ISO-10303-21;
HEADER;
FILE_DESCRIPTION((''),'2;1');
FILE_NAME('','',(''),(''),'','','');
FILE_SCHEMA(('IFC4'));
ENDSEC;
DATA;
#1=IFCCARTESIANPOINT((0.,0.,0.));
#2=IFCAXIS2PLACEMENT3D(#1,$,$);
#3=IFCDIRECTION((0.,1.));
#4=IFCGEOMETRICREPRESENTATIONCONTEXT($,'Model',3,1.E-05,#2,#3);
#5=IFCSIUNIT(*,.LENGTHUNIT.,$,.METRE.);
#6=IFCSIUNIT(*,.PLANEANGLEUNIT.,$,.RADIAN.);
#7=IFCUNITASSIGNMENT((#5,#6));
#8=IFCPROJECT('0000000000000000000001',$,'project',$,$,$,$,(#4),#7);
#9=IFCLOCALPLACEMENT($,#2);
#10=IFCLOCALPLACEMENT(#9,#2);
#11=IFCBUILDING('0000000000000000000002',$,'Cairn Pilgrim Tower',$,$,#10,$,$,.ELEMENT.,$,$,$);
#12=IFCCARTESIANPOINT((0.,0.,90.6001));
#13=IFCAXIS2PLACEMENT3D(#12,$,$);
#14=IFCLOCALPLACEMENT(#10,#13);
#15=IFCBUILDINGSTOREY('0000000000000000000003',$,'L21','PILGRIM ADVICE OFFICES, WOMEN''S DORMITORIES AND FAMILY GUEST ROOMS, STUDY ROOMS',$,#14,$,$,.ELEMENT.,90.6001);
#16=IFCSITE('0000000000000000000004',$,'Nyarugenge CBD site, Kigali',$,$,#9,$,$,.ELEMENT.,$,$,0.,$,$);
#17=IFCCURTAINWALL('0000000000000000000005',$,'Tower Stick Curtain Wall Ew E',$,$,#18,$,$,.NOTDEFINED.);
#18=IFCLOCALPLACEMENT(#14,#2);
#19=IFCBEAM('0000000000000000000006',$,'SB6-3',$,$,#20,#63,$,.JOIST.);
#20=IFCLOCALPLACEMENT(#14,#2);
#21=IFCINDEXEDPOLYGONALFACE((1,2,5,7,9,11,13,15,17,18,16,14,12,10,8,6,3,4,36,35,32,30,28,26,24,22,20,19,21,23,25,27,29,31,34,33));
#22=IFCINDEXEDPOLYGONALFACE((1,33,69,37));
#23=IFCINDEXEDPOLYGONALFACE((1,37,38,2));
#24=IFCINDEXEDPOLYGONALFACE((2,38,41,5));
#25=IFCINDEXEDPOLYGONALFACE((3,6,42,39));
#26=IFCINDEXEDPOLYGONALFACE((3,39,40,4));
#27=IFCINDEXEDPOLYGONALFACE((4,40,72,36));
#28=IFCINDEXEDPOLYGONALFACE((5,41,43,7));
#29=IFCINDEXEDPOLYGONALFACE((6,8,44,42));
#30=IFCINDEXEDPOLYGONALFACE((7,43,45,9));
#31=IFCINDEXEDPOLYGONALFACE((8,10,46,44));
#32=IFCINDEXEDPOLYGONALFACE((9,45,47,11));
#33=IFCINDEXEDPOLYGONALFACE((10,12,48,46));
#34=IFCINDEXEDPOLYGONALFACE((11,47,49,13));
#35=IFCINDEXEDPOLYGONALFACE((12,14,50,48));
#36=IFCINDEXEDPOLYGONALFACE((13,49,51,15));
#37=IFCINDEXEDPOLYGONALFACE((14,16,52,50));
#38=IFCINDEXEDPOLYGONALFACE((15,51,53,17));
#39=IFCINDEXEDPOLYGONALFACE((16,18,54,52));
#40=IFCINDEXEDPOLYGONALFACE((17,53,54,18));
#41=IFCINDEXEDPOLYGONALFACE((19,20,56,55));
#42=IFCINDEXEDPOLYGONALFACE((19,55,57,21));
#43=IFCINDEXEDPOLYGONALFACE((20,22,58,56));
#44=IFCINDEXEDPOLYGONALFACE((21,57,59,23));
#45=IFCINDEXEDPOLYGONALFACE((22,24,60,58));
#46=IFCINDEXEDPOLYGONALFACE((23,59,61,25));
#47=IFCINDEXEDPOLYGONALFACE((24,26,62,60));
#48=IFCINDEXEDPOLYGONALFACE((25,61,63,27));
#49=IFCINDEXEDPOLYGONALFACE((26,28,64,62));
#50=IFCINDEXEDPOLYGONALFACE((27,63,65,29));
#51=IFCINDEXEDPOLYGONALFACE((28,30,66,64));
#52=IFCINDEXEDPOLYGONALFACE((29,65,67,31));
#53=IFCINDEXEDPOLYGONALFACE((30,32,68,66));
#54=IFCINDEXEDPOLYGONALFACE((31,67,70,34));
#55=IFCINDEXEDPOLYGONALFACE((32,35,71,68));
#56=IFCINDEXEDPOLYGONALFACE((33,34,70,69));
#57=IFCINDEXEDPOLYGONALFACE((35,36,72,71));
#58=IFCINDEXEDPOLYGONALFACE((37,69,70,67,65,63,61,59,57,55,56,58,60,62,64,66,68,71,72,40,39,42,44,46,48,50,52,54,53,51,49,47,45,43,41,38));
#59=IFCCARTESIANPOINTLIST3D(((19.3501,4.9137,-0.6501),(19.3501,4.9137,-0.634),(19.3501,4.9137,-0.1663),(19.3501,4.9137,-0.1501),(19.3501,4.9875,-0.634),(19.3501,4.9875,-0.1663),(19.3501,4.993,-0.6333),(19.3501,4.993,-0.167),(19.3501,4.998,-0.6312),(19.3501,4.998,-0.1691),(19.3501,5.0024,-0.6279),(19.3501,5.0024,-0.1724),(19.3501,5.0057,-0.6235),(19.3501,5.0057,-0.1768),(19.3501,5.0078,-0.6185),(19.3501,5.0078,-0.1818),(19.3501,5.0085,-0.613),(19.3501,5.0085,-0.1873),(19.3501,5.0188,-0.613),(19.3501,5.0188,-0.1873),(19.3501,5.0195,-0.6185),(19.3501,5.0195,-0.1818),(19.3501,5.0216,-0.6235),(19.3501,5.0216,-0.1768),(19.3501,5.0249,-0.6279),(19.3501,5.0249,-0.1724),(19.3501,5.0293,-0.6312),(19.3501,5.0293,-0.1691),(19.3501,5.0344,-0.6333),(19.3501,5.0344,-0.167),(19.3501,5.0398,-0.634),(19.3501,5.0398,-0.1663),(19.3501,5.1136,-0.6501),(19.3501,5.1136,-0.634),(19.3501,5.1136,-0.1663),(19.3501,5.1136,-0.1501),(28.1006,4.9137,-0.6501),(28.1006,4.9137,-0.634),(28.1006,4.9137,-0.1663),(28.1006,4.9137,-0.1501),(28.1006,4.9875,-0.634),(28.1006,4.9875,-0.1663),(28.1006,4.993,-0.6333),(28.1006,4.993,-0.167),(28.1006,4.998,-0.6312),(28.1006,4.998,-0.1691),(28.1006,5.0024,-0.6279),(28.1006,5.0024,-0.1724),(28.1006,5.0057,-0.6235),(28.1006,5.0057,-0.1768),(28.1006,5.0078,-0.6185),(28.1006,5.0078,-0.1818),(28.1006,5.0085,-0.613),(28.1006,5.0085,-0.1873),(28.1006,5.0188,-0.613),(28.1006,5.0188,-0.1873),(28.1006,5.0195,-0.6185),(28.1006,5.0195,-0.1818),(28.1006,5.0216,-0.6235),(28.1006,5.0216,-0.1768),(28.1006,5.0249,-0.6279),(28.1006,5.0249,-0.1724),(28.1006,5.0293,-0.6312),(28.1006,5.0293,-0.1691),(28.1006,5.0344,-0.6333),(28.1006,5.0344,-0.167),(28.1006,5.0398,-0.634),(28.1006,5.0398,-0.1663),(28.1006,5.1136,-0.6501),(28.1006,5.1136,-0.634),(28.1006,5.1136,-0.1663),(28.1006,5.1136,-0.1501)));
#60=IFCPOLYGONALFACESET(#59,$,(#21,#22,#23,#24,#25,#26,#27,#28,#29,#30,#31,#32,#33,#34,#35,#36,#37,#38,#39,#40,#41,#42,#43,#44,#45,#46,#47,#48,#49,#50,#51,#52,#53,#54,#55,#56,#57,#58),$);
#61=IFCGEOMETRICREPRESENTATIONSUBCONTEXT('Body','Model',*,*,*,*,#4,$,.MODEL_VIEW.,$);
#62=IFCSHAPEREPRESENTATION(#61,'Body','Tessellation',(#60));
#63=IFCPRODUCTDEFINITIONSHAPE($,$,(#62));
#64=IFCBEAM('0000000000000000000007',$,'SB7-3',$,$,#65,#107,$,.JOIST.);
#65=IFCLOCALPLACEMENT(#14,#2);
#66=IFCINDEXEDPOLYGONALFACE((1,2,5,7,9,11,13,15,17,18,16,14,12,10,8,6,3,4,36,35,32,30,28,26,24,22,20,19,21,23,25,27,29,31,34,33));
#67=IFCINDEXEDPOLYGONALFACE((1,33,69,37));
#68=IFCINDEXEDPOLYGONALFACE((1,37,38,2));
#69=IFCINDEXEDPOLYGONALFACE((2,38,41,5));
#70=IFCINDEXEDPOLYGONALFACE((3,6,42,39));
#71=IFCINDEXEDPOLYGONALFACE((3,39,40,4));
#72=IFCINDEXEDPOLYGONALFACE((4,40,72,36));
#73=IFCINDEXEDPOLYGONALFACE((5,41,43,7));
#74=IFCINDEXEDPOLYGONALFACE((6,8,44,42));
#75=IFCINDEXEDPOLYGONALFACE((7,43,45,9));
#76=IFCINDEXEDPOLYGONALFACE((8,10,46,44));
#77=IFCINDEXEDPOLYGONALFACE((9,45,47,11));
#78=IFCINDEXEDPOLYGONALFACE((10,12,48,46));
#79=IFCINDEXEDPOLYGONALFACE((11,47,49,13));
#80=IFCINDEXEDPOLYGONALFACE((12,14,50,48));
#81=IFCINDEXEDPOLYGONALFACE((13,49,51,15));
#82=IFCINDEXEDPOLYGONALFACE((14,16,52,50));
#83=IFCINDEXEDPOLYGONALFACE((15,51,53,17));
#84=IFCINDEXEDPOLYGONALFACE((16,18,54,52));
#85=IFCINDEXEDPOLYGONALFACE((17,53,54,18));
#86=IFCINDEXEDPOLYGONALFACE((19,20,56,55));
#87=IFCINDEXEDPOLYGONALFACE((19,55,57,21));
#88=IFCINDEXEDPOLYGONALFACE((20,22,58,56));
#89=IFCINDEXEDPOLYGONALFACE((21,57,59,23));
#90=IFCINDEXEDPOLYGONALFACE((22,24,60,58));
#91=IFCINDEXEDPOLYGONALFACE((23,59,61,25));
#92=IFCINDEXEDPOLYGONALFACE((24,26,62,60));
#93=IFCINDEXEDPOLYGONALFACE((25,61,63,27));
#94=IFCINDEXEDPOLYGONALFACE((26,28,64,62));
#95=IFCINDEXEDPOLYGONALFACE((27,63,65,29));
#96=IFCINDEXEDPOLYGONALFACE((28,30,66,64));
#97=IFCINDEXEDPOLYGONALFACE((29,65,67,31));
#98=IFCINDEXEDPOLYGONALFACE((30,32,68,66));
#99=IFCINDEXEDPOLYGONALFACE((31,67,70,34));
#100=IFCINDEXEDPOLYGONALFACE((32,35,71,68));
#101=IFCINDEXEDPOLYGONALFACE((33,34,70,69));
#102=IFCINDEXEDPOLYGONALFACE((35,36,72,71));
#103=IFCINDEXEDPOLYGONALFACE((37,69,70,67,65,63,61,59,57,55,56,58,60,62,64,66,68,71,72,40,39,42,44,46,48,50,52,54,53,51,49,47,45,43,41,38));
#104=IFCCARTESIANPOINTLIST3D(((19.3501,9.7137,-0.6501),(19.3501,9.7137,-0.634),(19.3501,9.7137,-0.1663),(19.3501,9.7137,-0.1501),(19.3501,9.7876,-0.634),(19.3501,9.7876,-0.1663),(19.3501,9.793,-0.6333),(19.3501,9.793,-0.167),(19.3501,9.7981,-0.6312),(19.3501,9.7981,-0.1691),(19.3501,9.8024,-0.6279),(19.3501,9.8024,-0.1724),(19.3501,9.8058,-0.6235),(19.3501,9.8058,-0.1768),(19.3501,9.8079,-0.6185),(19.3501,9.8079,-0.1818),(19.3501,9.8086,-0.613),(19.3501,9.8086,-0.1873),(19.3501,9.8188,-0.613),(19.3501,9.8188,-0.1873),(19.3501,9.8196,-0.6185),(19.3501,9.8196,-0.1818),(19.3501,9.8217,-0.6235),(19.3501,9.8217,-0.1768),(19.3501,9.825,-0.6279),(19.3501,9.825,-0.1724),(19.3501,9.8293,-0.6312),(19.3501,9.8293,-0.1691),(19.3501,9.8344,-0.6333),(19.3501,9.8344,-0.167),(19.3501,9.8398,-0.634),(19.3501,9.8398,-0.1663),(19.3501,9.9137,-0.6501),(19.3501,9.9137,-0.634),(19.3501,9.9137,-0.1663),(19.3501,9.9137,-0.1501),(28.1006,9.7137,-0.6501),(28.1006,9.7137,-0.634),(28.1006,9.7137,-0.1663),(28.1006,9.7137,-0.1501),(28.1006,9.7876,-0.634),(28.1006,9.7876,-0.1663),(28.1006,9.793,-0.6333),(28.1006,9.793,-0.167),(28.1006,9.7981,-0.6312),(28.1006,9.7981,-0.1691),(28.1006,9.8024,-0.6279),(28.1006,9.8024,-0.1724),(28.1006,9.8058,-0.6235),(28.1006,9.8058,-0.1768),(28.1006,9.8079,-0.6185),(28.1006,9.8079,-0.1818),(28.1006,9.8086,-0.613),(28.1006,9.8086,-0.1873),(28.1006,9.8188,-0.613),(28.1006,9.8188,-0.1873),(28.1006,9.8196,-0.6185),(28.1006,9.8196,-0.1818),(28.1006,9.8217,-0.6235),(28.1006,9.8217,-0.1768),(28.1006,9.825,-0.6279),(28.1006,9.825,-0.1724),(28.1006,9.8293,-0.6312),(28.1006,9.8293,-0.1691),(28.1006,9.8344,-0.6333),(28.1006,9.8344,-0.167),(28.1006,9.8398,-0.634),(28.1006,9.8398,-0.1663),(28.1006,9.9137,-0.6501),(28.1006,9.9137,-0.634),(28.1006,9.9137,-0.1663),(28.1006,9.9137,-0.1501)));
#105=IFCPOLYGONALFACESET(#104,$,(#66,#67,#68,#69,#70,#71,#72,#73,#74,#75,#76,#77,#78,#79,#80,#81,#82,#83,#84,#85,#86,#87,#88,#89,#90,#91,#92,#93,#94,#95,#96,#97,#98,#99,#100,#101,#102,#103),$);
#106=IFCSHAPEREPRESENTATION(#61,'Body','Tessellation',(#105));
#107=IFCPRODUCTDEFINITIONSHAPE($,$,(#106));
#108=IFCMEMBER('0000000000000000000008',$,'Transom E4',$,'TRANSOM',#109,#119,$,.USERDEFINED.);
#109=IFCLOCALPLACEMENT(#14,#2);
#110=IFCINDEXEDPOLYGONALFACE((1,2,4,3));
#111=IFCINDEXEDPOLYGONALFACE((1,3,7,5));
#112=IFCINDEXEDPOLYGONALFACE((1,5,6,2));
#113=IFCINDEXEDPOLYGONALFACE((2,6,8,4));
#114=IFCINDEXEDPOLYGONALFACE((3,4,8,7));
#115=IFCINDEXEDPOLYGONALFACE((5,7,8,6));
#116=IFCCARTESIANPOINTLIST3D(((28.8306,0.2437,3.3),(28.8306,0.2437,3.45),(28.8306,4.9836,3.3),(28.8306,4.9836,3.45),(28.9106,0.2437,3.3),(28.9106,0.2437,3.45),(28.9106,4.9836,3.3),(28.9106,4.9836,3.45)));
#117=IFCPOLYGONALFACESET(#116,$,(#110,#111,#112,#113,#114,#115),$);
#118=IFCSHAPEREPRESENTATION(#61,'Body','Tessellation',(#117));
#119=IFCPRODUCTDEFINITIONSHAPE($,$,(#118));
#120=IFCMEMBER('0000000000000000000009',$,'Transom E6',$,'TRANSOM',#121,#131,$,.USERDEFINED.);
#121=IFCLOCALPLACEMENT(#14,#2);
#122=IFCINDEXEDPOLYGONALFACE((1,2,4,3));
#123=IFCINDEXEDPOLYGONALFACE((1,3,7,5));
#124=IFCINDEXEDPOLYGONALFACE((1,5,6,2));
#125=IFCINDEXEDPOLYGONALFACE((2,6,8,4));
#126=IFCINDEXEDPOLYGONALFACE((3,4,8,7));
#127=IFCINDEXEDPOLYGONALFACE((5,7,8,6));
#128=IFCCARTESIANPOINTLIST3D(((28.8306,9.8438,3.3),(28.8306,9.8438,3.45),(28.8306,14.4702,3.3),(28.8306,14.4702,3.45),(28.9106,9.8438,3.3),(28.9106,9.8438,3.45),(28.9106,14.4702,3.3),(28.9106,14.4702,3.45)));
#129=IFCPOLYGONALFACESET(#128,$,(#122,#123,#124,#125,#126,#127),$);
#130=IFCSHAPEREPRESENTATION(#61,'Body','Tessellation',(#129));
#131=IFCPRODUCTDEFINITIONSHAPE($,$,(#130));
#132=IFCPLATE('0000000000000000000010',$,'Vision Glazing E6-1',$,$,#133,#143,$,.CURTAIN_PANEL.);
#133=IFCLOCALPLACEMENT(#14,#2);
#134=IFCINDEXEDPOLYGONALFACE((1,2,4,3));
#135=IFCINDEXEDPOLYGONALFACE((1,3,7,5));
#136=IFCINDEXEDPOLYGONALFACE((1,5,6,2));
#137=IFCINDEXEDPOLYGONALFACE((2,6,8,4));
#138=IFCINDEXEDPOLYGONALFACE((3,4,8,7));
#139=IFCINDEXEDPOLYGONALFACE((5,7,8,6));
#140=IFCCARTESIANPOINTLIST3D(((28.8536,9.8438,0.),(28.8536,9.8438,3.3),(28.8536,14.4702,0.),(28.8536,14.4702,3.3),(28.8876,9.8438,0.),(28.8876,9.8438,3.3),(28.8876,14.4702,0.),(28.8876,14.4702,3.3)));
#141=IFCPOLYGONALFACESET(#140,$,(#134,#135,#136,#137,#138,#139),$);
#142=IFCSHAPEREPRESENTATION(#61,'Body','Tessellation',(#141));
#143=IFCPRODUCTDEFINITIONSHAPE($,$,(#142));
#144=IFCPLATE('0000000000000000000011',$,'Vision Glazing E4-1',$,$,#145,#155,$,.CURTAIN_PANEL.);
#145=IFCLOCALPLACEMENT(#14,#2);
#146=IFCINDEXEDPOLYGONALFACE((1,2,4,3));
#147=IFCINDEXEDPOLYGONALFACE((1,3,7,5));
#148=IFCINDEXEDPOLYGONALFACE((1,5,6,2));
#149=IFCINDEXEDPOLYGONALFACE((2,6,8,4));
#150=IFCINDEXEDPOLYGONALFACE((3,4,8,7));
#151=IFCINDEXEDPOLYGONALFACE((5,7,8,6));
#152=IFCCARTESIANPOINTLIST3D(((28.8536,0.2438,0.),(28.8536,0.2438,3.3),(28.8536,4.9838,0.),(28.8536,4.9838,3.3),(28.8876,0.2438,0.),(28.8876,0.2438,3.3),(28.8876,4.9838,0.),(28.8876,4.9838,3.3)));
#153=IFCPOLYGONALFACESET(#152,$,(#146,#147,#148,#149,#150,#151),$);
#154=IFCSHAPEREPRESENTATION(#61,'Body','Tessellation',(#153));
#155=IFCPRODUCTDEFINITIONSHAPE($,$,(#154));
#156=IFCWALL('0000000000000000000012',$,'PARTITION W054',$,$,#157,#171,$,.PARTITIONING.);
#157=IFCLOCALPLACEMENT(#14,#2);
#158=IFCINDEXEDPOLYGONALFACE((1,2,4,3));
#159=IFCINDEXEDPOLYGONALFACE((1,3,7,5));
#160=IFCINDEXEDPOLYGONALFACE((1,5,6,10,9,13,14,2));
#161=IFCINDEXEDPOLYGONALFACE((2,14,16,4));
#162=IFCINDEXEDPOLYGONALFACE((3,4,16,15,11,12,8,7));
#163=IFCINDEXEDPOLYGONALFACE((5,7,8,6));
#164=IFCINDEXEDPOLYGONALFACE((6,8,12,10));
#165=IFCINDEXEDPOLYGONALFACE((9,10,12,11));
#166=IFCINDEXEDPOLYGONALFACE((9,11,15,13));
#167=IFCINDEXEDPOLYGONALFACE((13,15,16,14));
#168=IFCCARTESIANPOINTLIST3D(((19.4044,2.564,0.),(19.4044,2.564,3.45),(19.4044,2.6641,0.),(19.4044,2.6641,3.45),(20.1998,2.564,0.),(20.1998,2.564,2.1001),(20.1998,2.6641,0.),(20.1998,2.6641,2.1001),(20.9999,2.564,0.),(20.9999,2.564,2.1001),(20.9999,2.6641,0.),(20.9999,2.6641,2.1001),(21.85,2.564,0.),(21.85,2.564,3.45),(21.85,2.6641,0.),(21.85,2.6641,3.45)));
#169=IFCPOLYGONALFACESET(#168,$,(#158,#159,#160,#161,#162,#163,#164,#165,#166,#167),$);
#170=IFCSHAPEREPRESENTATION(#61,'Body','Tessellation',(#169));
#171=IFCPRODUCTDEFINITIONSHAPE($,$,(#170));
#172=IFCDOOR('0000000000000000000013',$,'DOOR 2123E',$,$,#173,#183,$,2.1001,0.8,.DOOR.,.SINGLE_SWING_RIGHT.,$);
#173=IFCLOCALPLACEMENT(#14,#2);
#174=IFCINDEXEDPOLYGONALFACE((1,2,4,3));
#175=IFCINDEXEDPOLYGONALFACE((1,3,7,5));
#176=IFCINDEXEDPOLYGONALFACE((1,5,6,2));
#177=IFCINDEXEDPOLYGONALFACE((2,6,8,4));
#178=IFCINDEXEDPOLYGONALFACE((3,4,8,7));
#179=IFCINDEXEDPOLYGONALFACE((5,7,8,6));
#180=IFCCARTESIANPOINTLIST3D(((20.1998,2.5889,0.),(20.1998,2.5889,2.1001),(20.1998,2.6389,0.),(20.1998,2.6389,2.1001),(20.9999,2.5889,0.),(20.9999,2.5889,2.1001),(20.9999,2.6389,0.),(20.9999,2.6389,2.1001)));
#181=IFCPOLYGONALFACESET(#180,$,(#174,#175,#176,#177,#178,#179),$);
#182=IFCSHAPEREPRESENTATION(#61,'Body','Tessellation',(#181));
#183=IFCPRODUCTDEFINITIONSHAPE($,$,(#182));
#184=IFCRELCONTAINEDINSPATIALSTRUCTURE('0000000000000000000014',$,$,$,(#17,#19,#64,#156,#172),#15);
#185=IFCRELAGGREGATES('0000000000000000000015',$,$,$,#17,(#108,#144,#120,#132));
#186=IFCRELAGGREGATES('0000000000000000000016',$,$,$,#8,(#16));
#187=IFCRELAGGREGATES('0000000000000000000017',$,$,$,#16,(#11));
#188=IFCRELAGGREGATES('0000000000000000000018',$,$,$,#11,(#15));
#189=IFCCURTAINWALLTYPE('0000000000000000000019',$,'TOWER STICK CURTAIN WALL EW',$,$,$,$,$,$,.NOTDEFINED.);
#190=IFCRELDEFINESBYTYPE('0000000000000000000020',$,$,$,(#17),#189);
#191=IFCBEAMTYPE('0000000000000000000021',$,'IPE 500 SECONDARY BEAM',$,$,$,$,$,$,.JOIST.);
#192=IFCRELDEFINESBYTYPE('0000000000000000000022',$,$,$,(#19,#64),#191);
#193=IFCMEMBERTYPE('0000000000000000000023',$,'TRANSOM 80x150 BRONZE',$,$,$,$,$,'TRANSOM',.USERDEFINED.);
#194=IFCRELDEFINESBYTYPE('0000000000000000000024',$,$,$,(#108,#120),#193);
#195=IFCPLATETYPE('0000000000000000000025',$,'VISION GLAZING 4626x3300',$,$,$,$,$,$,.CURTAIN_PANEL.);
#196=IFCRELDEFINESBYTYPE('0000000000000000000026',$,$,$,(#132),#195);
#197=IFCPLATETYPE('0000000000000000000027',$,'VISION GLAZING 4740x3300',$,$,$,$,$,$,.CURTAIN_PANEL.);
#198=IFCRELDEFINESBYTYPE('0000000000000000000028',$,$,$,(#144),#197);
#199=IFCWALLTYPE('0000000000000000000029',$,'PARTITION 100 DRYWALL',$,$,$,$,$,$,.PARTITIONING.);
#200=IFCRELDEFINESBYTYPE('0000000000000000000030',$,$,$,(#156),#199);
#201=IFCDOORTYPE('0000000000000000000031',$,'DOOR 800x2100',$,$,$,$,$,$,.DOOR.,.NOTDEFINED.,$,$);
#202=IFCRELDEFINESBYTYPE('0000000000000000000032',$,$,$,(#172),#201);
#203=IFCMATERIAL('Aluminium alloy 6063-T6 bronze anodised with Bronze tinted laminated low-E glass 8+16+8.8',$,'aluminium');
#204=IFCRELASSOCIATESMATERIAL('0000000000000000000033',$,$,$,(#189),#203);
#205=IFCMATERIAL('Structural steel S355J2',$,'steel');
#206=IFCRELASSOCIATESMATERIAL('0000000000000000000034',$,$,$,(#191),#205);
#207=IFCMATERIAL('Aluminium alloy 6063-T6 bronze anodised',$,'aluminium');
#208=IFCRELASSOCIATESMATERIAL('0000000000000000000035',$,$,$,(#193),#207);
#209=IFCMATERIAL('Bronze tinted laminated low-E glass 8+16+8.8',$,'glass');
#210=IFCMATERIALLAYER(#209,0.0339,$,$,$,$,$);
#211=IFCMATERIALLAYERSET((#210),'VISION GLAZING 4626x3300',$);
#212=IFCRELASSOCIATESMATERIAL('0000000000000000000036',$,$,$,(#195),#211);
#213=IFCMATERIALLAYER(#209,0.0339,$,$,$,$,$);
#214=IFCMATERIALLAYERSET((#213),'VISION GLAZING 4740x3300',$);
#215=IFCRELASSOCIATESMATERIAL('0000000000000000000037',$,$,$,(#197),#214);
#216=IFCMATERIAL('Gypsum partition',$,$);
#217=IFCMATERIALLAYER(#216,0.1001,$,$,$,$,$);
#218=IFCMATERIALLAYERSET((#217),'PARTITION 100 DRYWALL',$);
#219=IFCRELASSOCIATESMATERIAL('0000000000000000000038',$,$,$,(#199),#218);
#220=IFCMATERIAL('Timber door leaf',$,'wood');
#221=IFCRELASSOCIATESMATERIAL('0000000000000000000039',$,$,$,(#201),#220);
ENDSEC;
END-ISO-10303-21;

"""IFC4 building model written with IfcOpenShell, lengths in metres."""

from ifc_helpers import new_model, si_unit, direction, frame, frame_2d, origin, origin_2d, place, context, subcontext, project, spatial, rectangle, i_section, extrude, material, layer, layer_set, material_profile, profile_set, type_object, element, fill, aggregate, save


model = new_model("IFC4")

# Units and contexts
model_context = context("Model", 3, precision=1e-05, world=origin(), true_north=direction((0.0, 1.0)))
body_context = subcontext(model_context, "Body", "Model", "MODEL_VIEW")
ifc_project = project(units=[si_unit("LENGTHUNIT", "METRE"), si_unit("PLANEANGLEUNIT", "RADIAN")], contexts=[model_context])

# Site, building, storey
site_placement = place(None, origin())
site = spatial("IfcSite", under=ifc_project, at=site_placement, Name="Nyarugenge CBD site, Kigali", CompositionType="ELEMENT", RefElevation=0.0)
building_placement = place(site_placement, origin())
building = spatial("IfcBuilding", under=site, at=building_placement, Name="Cairn Pilgrim Tower", CompositionType="ELEMENT")
storey_placement = place(building_placement, frame((0.0, 0.0, 90.6001)))
storey = spatial("IfcBuildingStorey", under=building, at=storey_placement, Name="L21", Description="PILGRIM ADVICE OFFICES, WOMEN'S DORMITORIES AND FAMILY GUEST ROOMS, STUDY ROOMS", CompositionType="ELEMENT", Elevation=90.6001)

# Curtain wall
ifc_material_1 = material(Name="Aluminium alloy 6063-T6 bronze anodised with Bronze tinted laminated low-E glass 8+16+8.8", Category="aluminium")
curtain_wall_type = type_object("IfcCurtainWallType", Name="TOWER STICK CURTAIN WALL EW", PredefinedType="NOTDEFINED", material=ifc_material_1)
curtain_wall_placement = place(storey_placement, origin())
curtain_wall = element("IfcCurtainWall", 1, at=curtain_wall_placement, inside=storey, type_object=curtain_wall_type, Name="Tower Stick Curtain Wall Ew E", PredefinedType="NOTDEFINED")
ifc_material_2 = material(Name="Aluminium alloy 6063-T6 bronze anodised", Category="aluminium")

# Beams
ifc_material_3 = material(Name="Structural steel S355J2", Category="steel")
ifc_material_profile_1 = material_profile(ifc_material_3, i_section(OverallWidth=0.2, OverallDepth=0.5, WebThickness=0.0103, FlangeThickness=0.0161, FilletRadius=0.021, at=origin_2d()), Name="IPE 500")
ifc_profile_set_1 = profile_set([ifc_material_profile_1], Name="Structural steel S355J2")
beam_type_1 = type_object("IfcBeamType", Name="IPE 500 SECONDARY BEAM", PredefinedType="JOIST", material=ifc_profile_set_1)
for number, where, z_axis, x_axis, name in (
    (2, (19.3501, 5.0137, -0.4001), (1.0, 0.0, 0.0), (0.0, 1.0, 0.0), "SB6-3"),
    (3, (19.3501, 9.8137, -0.4001), (1.0, 0.0, 0.0), (0.0, 1.0, 0.0), "SB7-3"),
):
    element("IfcBeam", number, at=place(storey_placement, frame(where, z_axis=z_axis, x_axis=x_axis)), inside=storey, type_object=beam_type_1, Name=name, PredefinedType="JOIST", context=body_context, shape_type="SweptSolid", body=[
        extrude(i_section(OverallWidth=0.2, OverallDepth=0.5, WebThickness=0.0103, FlangeThickness=0.0161, FilletRadius=0.021, at=origin_2d()), origin(), (0.0, 0.0, 1.0), 8.7505),
    ])

# Members
ifc_material_profile_2 = material_profile(ifc_material_2, rectangle(XDim=0.0801, YDim=0.1499, at=origin_2d()), Name="TRANSOM 80x150 BRONZE")
ifc_profile_set_2 = profile_set([ifc_material_profile_2], Name="Aluminium alloy 6063-T6 bronze anodised")
member_type_1 = type_object("IfcMemberType", Name="TRANSOM 80x150 BRONZE", ElementType="TRANSOM", PredefinedType="USERDEFINED", material=ifc_profile_set_2)
member_1_placement = place(storey_placement, frame((28.8706, 0.2437, 3.375), z_axis=(0.0, 1.0, 0.0), x_axis=(-1.0, 0.0, 0.0)))
member_1 = element("IfcMember", 4, at=member_1_placement, type_object=member_type_1, Name="Transom E4", ObjectType="TRANSOM", PredefinedType="USERDEFINED", context=body_context, shape_type="SweptSolid", body=[
    extrude(rectangle(XDim=0.0801, YDim=0.1499, at=origin_2d()), origin(), (0.0, 0.0, 1.0), 4.74),
])
member_2_placement = place(storey_placement, frame((28.8706, 9.8438, 3.375), z_axis=(0.0, 1.0, 0.0), x_axis=(-1.0, 0.0, 0.0)))
member_2 = element("IfcMember", 5, at=member_2_placement, type_object=member_type_1, Name="Transom E6", ObjectType="TRANSOM", PredefinedType="USERDEFINED", context=body_context, shape_type="SweptSolid", body=[
    extrude(rectangle(XDim=0.0801, YDim=0.1499, at=origin_2d()), origin(), (0.0, 0.0, 1.0), 4.6265),
])

# Plates
ifc_material_4 = material(Name="Bronze tinted laminated low-E glass 8+16+8.8", Category="glass")
ifc_layer_1 = layer(ifc_material_4, 0.0339)
ifc_layer_set_1 = layer_set([ifc_layer_1], Name="VISION GLAZING 4626x3300")
plate_type_1 = type_object("IfcPlateType", Name="VISION GLAZING 4626x3300", PredefinedType="CURTAIN_PANEL", material=ifc_layer_set_1)
plate_1_placement = place(storey_placement, frame((28.8706, 12.157, 0.0), z_axis=(0.0, 0.0, 1.0), x_axis=(0.0, 1.0, 0.0)))
plate_1 = element("IfcPlate", 6, at=plate_1_placement, type_object=plate_type_1, Name="Vision Glazing E6-1", PredefinedType="CURTAIN_PANEL", context=body_context, shape_type="SweptSolid", body=[
    extrude(rectangle(XDim=4.6265, YDim=0.0339, at=origin_2d()), origin(), (0.0, 0.0, 1.0), 3.3),
])
ifc_layer_2 = layer(ifc_material_4, 0.0339)
ifc_layer_set_2 = layer_set([ifc_layer_2], Name="VISION GLAZING 4740x3300")
plate_type_2 = type_object("IfcPlateType", Name="VISION GLAZING 4740x3300", PredefinedType="CURTAIN_PANEL", material=ifc_layer_set_2)
plate_2_placement = place(storey_placement, frame((28.8706, 2.6138, 0.0), z_axis=(0.0, 0.0, 1.0), x_axis=(0.0, 1.0, 0.0)))
plate_2 = element("IfcPlate", 7, at=plate_2_placement, type_object=plate_type_2, Name="Vision Glazing E4-1", PredefinedType="CURTAIN_PANEL", context=body_context, shape_type="SweptSolid", body=[
    extrude(rectangle(XDim=4.74, YDim=0.0339, at=origin_2d()), origin(), (0.0, 0.0, 1.0), 3.3),
])
aggregate(curtain_wall, [member_1, plate_2, member_2, plate_1])

# Wall, opening, door
ifc_material_5 = material(Name="Gypsum partition")
ifc_layer_3 = layer(ifc_material_5, 0.1001)
ifc_layer_set_3 = layer_set([ifc_layer_3], Name="PARTITION 100 DRYWALL")
wall_type_1 = type_object("IfcWallType", Name="PARTITION 100 DRYWALL", PredefinedType="PARTITIONING", material=ifc_layer_set_3)
wall_1_placement = place(storey_placement, frame((19.4045, 2.614, 0.0), z_axis=(0.0, 0.0, 1.0), x_axis=(1.0, 0.0, 0.0)))
wall_1 = element("IfcWall", 8, at=wall_1_placement, inside=storey, type_object=wall_type_1, Name="PARTITION W054", PredefinedType="PARTITIONING", context=body_context, shape_type="SweptSolid", body=[
    extrude(rectangle(XDim=2.4456, YDim=0.1001, at=frame_2d((1.2227, 0.0))), origin(), (0.0, 0.0, 1.0), 3.45),
])
opening_1_placement = place(wall_1_placement, frame((0.7954, 0.0, 0.0)))
opening_1 = element("IfcOpeningElement", 9, at=opening_1_placement, cuts=wall_1, PredefinedType="OPENING", context=body_context, shape_type="SweptSolid", body=[
    extrude(rectangle(XDim=0.8, YDim=2.1001, at=frame_2d((0.3999, 1.05))), frame((0.0, 0.0601, 0.0), z_axis=(0.0, -1.0, 0.0), x_axis=(1.0, 0.0, 0.0)), (0.0, 0.0, 1.0), 0.1201),
])
ifc_material_6 = material(Name="Timber door leaf", Category="wood")
door_type_1 = type_object("IfcDoorType", Name="DOOR 800x2100", OperationType="NOTDEFINED", PredefinedType="DOOR", material=ifc_material_6)
door_1_placement = place(opening_1_placement, origin())
door_1 = element("IfcDoor", 10, at=door_1_placement, inside=storey, type_object=door_type_1, Name="DOOR 2123E", OperationType="SINGLE_SWING_RIGHT", OverallHeight=2.1001, OverallWidth=0.8, PredefinedType="DOOR", context=body_context, shape_type="SweptSolid", body=[
    extrude(rectangle(XDim=0.8, YDim=2.1001, at=frame_2d((0.3999, 1.05))), frame((0.0, 0.0249, 0.0), z_axis=(0.0, -1.0, 0.0), x_axis=(1.0, 0.0, 0.0)), (0.0, 0.0, 1.0), 0.05),
])
fill(opening_1, door_1)

save(model, "model.ifc")
